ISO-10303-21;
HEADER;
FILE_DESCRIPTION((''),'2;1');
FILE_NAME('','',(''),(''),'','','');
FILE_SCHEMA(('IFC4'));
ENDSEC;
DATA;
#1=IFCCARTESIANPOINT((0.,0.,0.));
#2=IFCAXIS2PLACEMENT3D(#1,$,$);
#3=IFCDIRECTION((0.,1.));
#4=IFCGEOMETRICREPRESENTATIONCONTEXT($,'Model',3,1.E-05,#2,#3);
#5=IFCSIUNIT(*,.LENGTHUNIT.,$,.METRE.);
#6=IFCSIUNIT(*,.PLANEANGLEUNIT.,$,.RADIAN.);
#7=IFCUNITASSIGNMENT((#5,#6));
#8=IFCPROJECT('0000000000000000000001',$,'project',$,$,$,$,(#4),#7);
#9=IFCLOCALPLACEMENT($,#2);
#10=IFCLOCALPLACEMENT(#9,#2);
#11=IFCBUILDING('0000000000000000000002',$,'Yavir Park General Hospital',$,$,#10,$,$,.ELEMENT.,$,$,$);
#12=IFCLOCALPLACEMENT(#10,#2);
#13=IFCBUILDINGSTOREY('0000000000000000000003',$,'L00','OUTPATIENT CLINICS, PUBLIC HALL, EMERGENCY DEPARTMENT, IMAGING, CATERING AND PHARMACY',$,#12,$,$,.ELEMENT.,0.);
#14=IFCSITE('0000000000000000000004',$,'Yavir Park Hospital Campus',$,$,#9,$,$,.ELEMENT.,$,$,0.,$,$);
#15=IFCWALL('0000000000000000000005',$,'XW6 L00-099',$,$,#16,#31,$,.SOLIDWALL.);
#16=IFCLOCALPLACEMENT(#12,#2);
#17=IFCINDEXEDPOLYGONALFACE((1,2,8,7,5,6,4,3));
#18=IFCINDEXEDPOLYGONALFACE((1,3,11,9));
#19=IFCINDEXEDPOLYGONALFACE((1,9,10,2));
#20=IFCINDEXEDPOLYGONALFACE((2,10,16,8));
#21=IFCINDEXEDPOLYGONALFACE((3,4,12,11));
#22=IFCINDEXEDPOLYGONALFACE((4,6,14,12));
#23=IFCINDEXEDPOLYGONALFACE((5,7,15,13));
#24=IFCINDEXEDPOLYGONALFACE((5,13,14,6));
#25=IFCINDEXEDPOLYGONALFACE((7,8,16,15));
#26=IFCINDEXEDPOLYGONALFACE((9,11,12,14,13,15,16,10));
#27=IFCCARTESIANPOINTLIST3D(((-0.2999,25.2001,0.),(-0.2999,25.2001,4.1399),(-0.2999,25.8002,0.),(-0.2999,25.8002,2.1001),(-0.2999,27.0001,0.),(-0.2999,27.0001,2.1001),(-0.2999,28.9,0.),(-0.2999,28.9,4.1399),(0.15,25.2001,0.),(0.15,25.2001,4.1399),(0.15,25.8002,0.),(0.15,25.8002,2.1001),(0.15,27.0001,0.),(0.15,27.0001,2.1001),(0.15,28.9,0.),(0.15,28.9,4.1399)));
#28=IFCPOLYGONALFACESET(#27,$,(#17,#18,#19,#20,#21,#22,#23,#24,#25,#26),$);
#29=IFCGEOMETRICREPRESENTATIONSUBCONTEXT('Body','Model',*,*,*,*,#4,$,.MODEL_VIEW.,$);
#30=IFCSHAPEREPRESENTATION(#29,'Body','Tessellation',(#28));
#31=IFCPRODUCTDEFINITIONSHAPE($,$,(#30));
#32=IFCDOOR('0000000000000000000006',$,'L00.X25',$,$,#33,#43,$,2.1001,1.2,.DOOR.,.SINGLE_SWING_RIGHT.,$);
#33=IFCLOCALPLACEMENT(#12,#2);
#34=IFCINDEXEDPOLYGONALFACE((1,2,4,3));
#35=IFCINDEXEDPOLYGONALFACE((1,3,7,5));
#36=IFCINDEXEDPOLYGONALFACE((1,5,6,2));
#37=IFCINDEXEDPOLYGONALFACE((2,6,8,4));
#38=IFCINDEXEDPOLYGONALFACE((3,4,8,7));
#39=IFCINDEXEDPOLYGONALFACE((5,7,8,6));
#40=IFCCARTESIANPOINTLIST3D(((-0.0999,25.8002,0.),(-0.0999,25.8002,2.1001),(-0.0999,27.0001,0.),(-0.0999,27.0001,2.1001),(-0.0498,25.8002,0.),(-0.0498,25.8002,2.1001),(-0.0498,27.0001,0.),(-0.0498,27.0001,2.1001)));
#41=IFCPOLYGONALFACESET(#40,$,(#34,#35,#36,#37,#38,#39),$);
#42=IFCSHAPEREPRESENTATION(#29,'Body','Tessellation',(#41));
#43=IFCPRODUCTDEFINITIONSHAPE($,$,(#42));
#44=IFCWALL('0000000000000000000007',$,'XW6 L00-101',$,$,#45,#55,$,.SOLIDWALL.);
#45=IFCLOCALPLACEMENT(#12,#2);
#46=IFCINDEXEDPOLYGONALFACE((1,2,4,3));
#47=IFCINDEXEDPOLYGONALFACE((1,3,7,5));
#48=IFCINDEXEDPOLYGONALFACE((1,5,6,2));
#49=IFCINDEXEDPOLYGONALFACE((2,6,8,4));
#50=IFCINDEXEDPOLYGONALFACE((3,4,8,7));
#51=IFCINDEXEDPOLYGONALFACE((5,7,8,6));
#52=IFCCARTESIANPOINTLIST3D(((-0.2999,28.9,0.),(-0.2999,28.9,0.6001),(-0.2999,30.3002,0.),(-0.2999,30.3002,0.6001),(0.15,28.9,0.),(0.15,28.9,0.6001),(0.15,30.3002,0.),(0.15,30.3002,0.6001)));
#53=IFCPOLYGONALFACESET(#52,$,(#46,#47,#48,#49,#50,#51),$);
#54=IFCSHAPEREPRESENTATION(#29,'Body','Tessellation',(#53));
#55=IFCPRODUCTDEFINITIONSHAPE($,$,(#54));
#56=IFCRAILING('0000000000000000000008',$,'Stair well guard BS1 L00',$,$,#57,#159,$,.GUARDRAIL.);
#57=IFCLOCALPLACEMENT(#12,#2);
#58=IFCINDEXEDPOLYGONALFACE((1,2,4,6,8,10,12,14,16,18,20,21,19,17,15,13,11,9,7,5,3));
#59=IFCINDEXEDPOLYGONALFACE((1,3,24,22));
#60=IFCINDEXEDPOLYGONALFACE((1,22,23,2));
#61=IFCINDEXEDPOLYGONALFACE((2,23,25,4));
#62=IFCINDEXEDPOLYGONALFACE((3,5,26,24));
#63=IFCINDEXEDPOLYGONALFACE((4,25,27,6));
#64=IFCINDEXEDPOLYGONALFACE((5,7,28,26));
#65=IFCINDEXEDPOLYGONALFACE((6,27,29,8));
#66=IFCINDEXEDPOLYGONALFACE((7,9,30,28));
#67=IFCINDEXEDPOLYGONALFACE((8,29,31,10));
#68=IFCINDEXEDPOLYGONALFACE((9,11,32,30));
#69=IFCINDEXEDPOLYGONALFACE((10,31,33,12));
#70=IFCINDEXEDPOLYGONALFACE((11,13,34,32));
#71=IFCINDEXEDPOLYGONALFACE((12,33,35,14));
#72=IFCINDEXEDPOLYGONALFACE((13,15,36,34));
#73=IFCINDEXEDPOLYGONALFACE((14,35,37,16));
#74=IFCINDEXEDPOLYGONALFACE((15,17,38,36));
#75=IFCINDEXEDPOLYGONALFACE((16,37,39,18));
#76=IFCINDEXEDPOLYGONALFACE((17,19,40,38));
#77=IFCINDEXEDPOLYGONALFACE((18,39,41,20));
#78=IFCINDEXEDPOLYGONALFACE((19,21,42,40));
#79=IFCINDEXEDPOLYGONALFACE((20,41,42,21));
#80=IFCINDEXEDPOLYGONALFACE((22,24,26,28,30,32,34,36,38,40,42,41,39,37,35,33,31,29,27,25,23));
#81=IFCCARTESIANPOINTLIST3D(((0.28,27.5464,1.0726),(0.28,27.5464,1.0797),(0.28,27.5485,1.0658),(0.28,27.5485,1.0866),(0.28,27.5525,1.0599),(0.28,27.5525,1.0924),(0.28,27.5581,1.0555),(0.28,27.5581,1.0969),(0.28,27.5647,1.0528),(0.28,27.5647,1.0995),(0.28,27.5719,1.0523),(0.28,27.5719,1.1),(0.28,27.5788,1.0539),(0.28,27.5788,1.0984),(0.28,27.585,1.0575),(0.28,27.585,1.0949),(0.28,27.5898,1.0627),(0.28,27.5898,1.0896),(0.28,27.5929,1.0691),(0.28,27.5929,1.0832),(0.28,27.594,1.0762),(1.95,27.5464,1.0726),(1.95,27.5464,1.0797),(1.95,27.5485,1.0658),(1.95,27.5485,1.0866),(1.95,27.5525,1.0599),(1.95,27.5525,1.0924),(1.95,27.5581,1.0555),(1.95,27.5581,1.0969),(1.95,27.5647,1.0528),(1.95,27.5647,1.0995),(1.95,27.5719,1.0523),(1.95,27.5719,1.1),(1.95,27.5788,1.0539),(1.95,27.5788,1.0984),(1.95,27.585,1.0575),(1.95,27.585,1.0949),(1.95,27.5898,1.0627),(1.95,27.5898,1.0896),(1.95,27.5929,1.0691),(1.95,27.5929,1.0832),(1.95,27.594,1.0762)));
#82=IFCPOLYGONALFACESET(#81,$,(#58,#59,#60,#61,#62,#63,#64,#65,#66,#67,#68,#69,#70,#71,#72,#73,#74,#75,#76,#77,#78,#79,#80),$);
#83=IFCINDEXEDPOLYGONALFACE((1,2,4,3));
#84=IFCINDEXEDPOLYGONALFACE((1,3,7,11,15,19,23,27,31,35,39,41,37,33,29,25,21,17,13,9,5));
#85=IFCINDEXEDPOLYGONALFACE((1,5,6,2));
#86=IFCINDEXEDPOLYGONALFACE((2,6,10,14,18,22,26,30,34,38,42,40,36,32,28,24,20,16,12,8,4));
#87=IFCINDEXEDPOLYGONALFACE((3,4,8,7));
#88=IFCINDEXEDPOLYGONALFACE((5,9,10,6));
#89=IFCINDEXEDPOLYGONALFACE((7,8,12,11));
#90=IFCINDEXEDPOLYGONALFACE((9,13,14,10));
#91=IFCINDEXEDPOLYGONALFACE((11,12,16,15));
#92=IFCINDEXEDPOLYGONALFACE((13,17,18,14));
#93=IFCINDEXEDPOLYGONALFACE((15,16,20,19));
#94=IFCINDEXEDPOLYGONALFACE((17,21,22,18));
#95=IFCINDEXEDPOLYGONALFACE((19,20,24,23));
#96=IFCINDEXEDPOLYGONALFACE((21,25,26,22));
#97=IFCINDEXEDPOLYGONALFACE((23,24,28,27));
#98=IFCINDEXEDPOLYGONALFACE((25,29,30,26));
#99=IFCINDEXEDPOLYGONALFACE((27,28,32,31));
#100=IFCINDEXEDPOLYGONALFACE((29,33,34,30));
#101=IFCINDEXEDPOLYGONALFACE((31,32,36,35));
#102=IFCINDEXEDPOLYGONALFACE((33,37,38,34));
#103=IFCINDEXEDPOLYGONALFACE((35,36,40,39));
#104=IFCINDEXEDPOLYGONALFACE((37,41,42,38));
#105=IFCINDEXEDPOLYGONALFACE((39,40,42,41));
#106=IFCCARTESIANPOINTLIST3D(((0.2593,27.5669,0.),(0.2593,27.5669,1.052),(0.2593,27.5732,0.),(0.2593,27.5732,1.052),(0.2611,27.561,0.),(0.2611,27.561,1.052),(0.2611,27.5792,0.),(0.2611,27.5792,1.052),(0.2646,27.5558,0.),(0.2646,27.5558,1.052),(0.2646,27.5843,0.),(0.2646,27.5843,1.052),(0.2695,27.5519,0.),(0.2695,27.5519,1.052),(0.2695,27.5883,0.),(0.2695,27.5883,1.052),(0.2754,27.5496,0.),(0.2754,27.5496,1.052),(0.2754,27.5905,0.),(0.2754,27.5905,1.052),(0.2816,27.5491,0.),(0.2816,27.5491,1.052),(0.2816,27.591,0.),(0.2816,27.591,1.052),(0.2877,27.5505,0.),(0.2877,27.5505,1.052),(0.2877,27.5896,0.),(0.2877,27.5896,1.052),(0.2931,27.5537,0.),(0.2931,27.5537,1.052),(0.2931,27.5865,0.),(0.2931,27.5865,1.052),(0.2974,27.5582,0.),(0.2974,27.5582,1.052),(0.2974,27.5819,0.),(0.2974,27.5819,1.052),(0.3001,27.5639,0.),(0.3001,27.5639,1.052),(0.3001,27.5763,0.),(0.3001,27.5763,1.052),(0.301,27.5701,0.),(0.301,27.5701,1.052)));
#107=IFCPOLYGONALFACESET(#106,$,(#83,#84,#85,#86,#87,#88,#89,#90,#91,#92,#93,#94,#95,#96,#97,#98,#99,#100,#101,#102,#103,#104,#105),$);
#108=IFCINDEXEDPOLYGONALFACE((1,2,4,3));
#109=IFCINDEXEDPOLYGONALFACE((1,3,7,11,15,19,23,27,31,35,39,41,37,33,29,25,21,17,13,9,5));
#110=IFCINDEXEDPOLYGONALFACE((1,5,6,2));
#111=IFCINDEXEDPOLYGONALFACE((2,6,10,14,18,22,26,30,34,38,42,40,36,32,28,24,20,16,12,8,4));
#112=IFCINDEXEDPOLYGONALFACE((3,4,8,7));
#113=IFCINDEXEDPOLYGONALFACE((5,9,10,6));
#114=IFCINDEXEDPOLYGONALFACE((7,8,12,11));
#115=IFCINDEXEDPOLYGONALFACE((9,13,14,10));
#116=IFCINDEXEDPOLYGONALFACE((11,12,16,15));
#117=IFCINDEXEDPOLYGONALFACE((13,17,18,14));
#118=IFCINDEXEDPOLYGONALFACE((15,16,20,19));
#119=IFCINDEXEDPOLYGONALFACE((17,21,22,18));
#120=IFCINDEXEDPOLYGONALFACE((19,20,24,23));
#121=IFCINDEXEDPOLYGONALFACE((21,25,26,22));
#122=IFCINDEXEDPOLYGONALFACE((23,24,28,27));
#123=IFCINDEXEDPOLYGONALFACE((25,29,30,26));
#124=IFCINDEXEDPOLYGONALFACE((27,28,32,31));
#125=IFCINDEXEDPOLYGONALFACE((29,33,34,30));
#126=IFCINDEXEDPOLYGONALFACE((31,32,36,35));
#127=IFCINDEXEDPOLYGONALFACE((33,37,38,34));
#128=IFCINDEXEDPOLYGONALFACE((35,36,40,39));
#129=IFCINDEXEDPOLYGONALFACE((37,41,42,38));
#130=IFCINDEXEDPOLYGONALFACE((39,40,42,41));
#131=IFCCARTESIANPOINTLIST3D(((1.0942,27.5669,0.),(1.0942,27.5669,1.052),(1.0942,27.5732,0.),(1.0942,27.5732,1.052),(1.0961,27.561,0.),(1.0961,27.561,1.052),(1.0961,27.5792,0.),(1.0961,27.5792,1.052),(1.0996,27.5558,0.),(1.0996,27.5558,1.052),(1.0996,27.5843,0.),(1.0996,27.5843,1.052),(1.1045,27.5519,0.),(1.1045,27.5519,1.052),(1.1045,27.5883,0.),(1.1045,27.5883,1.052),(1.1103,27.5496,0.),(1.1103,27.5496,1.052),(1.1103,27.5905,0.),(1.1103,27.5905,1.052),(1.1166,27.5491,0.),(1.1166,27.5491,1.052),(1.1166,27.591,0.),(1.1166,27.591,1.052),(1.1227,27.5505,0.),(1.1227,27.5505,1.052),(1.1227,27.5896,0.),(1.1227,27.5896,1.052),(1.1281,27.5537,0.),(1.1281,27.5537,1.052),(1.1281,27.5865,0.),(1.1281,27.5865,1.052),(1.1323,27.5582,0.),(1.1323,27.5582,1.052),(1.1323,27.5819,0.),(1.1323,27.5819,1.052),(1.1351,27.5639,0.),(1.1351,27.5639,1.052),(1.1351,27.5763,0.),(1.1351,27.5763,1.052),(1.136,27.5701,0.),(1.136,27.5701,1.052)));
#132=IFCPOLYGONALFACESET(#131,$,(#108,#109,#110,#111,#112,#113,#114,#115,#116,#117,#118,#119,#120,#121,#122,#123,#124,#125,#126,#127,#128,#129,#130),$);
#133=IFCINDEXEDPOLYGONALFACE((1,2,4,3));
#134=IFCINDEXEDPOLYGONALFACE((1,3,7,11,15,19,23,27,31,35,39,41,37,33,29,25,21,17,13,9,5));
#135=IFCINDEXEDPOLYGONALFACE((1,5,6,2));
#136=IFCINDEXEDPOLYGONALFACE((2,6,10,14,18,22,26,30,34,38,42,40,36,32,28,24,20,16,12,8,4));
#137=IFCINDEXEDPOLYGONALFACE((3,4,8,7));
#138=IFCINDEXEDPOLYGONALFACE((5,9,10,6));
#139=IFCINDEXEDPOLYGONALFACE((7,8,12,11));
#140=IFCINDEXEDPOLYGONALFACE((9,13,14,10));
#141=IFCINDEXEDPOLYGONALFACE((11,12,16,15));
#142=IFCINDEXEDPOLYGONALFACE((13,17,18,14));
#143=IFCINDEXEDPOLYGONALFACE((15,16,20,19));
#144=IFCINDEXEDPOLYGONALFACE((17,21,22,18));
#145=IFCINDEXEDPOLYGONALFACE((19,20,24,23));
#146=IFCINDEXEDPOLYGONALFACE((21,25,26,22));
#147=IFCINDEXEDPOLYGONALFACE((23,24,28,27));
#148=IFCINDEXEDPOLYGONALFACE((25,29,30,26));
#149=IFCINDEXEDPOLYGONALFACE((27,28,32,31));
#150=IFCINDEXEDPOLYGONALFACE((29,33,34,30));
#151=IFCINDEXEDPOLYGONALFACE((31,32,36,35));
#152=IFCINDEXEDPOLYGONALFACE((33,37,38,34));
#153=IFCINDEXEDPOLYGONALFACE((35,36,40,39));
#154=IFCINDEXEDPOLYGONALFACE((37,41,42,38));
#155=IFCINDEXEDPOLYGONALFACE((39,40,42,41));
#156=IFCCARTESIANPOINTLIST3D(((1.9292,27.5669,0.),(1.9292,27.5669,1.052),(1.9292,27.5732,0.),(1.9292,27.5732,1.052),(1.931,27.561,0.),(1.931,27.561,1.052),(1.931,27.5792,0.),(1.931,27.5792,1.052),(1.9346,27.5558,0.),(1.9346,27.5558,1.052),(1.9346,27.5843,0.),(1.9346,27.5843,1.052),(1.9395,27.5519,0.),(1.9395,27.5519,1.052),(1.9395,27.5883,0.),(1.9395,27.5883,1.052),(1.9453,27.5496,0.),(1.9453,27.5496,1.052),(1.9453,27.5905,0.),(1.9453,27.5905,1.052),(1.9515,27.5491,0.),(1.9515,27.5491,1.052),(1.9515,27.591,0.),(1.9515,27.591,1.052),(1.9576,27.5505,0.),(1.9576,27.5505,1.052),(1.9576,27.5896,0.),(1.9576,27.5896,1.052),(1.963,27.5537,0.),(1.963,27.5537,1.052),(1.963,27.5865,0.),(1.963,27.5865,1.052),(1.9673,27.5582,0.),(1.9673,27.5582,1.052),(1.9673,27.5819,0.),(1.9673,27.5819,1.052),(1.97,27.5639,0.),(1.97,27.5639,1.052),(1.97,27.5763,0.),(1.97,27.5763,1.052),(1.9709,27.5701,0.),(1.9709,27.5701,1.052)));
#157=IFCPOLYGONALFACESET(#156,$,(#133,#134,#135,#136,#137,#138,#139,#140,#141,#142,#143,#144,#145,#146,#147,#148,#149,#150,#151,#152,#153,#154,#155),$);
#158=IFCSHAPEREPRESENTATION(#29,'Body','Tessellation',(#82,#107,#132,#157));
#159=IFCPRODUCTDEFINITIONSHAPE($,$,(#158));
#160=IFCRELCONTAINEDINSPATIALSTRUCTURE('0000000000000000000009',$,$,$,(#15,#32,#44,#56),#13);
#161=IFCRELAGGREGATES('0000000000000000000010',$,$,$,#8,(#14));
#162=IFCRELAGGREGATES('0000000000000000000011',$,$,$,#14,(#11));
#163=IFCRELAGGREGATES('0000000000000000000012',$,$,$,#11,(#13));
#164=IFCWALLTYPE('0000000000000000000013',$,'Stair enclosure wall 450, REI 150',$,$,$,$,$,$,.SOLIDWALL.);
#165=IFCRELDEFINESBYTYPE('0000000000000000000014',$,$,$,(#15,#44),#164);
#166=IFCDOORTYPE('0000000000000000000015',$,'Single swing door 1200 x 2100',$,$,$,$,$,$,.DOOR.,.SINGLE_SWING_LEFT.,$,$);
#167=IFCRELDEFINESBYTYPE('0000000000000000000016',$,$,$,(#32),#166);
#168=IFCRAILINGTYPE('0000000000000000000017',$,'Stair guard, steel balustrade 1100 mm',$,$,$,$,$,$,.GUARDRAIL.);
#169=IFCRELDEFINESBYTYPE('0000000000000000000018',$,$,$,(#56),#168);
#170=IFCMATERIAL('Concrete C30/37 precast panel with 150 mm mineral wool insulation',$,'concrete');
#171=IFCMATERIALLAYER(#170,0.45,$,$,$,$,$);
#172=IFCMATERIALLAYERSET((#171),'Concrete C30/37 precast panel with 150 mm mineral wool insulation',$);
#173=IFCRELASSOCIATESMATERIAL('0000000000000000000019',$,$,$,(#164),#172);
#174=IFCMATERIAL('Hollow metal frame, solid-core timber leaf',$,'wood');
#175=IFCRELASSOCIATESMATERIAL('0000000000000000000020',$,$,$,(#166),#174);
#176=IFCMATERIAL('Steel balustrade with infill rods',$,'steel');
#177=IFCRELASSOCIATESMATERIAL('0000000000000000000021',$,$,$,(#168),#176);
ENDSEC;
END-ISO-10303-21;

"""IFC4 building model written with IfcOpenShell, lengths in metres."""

from ifc_helpers import new_model, si_unit, direction, frame, frame_2d, origin, origin_2d, place, context, subcontext, project, spatial, rectangle, circle, extrude, material, layer, layer_set, type_object, element, fill, save


model = new_model("IFC4")

# Units and contexts
model_context = context("Model", 3, precision=1e-05, world=origin(), true_north=direction((0.0, 1.0)))
body_context = subcontext(model_context, "Body", "Model", "MODEL_VIEW")
ifc_project = project(units=[si_unit("LENGTHUNIT", "METRE"), si_unit("PLANEANGLEUNIT", "RADIAN")], contexts=[model_context])

# Site, building, storey
site_placement = place(None, origin())
site = spatial("IfcSite", under=ifc_project, at=site_placement, Name="Yavir Park Hospital Campus", CompositionType="ELEMENT", RefElevation=0.0)
building_placement = place(site_placement, origin())
building = spatial("IfcBuilding", under=site, at=building_placement, Name="Yavir Park General Hospital", CompositionType="ELEMENT")
storey_placement = place(building_placement, origin())
storey = spatial("IfcBuildingStorey", under=building, at=storey_placement, Name="L00", Description="OUTPATIENT CLINICS, PUBLIC HALL, EMERGENCY DEPARTMENT, IMAGING, CATERING AND PHARMACY", CompositionType="ELEMENT", Elevation=0.0)

# Shared definitions
ifc_material_1 = material(Name="Concrete C30/37 precast panel with 150 mm mineral wool insulation", Category="concrete")
ifc_layer_1 = layer(ifc_material_1, 0.45)
ifc_layer_set_1 = layer_set([ifc_layer_1], Name="Concrete C30/37 precast panel with 150 mm mineral wool insulation")
wall_type_1 = type_object("IfcWallType", Name="Stair enclosure wall 450, REI 150", PredefinedType="SOLIDWALL", material=ifc_layer_set_1)

# Wall, opening, door
wall_1_placement = place(storey_placement, frame((-0.075, 25.2, 0.0), z_axis=(0.0, 0.0, 1.0), x_axis=(0.0, 1.0, 0.0)))
wall_1 = element("IfcWall", 1, at=wall_1_placement, inside=storey, type_object=wall_type_1, Name="XW6 L00-099", PredefinedType="SOLIDWALL", context=body_context, shape_type="SweptSolid", body=[
    extrude(rectangle(XDim=3.7, YDim=0.45, at=frame_2d((1.8501, 0.0))), origin(), (0.0, 0.0, 1.0), 4.1399),
])
opening_placement = place(wall_1_placement, frame((0.6001, 0.0, 0.0)))
opening = element("IfcOpeningElement", 2, at=opening_placement, cuts=wall_1, PredefinedType="OPENING", context=body_context, shape_type="SweptSolid", body=[
    extrude(rectangle(XDim=1.2, YDim=2.1001, at=frame_2d((0.6001, 1.05))), frame((0.0, 0.2349, 0.0), z_axis=(0.0, -1.0, 0.0), x_axis=(1.0, 0.0, 0.0)), (0.0, 0.0, 1.0), 0.47),
])
ifc_material_2 = material(Name="Hollow metal frame, solid-core timber leaf", Category="wood")
door_type = type_object("IfcDoorType", Name="Single swing door 1200 x 2100", OperationType="SINGLE_SWING_LEFT", PredefinedType="DOOR", material=ifc_material_2)
door_placement = place(opening_placement, origin())
door = element("IfcDoor", 3, at=door_placement, inside=storey, type_object=door_type, Name="L00.X25", OperationType="SINGLE_SWING_RIGHT", OverallHeight=2.1001, OverallWidth=1.2, PredefinedType="DOOR", context=body_context, shape_type="SweptSolid", body=[
    extrude(rectangle(XDim=1.2, YDim=2.1001, at=frame_2d((0.6001, 1.05))), frame((0.0, 0.0249, 0.0), z_axis=(0.0, -1.0, 0.0), x_axis=(1.0, 0.0, 0.0)), (0.0, 0.0, 1.0), 0.05),
])
fill(opening, door)

# Wall
wall_2_placement = place(storey_placement, frame((-0.075, 28.8999, 0.0), z_axis=(0.0, 0.0, 1.0), x_axis=(0.0, 1.0, 0.0)))
element("IfcWall", 4, at=wall_2_placement, inside=storey, type_object=wall_type_1, Name="XW6 L00-101", PredefinedType="SOLIDWALL", context=body_context, shape_type="SweptSolid", body=[
    extrude(rectangle(XDim=1.4001, YDim=0.45, at=frame_2d((0.7002, 0.0))), origin(), (0.0, 0.0, 1.0), 0.6001),
])

# Railing
ifc_material_3 = material(Name="Steel balustrade with infill rods", Category="steel")
railing_type = type_object("IfcRailingType", Name="Stair guard, steel balustrade 1100 mm", PredefinedType="GUARDRAIL", material=ifc_material_3)
railing_placement = place(storey_placement, frame((0.28, 27.5701, 0.0)))
element("IfcRailing", 5, at=railing_placement, inside=storey, type_object=railing_type, Name="Stair well guard BS1 L00", PredefinedType="GUARDRAIL", context=body_context, shape_type="SweptSolid", body=[
    extrude(circle(Radius=0.0239, at=origin_2d()), frame((0.0, 0.0, 1.0762), z_axis=(1.0, 0.0, 0.0), x_axis=(0.0, 1.0, 0.0)), (0.0, 0.0, 1.0), 1.6699),
    extrude(circle(Radius=0.021, at=origin_2d()), origin(), (0.0, 0.0, 1.0), 1.052),
    extrude(circle(Radius=0.021, at=origin_2d()), frame((0.835, 0.0, 0.0)), (0.0, 0.0, 1.0), 1.052),
    extrude(circle(Radius=0.021, at=origin_2d()), frame((1.6699, 0.0, 0.0)), (0.0, 0.0, 1.0), 1.052),
])

save(model, "model.ifc")
